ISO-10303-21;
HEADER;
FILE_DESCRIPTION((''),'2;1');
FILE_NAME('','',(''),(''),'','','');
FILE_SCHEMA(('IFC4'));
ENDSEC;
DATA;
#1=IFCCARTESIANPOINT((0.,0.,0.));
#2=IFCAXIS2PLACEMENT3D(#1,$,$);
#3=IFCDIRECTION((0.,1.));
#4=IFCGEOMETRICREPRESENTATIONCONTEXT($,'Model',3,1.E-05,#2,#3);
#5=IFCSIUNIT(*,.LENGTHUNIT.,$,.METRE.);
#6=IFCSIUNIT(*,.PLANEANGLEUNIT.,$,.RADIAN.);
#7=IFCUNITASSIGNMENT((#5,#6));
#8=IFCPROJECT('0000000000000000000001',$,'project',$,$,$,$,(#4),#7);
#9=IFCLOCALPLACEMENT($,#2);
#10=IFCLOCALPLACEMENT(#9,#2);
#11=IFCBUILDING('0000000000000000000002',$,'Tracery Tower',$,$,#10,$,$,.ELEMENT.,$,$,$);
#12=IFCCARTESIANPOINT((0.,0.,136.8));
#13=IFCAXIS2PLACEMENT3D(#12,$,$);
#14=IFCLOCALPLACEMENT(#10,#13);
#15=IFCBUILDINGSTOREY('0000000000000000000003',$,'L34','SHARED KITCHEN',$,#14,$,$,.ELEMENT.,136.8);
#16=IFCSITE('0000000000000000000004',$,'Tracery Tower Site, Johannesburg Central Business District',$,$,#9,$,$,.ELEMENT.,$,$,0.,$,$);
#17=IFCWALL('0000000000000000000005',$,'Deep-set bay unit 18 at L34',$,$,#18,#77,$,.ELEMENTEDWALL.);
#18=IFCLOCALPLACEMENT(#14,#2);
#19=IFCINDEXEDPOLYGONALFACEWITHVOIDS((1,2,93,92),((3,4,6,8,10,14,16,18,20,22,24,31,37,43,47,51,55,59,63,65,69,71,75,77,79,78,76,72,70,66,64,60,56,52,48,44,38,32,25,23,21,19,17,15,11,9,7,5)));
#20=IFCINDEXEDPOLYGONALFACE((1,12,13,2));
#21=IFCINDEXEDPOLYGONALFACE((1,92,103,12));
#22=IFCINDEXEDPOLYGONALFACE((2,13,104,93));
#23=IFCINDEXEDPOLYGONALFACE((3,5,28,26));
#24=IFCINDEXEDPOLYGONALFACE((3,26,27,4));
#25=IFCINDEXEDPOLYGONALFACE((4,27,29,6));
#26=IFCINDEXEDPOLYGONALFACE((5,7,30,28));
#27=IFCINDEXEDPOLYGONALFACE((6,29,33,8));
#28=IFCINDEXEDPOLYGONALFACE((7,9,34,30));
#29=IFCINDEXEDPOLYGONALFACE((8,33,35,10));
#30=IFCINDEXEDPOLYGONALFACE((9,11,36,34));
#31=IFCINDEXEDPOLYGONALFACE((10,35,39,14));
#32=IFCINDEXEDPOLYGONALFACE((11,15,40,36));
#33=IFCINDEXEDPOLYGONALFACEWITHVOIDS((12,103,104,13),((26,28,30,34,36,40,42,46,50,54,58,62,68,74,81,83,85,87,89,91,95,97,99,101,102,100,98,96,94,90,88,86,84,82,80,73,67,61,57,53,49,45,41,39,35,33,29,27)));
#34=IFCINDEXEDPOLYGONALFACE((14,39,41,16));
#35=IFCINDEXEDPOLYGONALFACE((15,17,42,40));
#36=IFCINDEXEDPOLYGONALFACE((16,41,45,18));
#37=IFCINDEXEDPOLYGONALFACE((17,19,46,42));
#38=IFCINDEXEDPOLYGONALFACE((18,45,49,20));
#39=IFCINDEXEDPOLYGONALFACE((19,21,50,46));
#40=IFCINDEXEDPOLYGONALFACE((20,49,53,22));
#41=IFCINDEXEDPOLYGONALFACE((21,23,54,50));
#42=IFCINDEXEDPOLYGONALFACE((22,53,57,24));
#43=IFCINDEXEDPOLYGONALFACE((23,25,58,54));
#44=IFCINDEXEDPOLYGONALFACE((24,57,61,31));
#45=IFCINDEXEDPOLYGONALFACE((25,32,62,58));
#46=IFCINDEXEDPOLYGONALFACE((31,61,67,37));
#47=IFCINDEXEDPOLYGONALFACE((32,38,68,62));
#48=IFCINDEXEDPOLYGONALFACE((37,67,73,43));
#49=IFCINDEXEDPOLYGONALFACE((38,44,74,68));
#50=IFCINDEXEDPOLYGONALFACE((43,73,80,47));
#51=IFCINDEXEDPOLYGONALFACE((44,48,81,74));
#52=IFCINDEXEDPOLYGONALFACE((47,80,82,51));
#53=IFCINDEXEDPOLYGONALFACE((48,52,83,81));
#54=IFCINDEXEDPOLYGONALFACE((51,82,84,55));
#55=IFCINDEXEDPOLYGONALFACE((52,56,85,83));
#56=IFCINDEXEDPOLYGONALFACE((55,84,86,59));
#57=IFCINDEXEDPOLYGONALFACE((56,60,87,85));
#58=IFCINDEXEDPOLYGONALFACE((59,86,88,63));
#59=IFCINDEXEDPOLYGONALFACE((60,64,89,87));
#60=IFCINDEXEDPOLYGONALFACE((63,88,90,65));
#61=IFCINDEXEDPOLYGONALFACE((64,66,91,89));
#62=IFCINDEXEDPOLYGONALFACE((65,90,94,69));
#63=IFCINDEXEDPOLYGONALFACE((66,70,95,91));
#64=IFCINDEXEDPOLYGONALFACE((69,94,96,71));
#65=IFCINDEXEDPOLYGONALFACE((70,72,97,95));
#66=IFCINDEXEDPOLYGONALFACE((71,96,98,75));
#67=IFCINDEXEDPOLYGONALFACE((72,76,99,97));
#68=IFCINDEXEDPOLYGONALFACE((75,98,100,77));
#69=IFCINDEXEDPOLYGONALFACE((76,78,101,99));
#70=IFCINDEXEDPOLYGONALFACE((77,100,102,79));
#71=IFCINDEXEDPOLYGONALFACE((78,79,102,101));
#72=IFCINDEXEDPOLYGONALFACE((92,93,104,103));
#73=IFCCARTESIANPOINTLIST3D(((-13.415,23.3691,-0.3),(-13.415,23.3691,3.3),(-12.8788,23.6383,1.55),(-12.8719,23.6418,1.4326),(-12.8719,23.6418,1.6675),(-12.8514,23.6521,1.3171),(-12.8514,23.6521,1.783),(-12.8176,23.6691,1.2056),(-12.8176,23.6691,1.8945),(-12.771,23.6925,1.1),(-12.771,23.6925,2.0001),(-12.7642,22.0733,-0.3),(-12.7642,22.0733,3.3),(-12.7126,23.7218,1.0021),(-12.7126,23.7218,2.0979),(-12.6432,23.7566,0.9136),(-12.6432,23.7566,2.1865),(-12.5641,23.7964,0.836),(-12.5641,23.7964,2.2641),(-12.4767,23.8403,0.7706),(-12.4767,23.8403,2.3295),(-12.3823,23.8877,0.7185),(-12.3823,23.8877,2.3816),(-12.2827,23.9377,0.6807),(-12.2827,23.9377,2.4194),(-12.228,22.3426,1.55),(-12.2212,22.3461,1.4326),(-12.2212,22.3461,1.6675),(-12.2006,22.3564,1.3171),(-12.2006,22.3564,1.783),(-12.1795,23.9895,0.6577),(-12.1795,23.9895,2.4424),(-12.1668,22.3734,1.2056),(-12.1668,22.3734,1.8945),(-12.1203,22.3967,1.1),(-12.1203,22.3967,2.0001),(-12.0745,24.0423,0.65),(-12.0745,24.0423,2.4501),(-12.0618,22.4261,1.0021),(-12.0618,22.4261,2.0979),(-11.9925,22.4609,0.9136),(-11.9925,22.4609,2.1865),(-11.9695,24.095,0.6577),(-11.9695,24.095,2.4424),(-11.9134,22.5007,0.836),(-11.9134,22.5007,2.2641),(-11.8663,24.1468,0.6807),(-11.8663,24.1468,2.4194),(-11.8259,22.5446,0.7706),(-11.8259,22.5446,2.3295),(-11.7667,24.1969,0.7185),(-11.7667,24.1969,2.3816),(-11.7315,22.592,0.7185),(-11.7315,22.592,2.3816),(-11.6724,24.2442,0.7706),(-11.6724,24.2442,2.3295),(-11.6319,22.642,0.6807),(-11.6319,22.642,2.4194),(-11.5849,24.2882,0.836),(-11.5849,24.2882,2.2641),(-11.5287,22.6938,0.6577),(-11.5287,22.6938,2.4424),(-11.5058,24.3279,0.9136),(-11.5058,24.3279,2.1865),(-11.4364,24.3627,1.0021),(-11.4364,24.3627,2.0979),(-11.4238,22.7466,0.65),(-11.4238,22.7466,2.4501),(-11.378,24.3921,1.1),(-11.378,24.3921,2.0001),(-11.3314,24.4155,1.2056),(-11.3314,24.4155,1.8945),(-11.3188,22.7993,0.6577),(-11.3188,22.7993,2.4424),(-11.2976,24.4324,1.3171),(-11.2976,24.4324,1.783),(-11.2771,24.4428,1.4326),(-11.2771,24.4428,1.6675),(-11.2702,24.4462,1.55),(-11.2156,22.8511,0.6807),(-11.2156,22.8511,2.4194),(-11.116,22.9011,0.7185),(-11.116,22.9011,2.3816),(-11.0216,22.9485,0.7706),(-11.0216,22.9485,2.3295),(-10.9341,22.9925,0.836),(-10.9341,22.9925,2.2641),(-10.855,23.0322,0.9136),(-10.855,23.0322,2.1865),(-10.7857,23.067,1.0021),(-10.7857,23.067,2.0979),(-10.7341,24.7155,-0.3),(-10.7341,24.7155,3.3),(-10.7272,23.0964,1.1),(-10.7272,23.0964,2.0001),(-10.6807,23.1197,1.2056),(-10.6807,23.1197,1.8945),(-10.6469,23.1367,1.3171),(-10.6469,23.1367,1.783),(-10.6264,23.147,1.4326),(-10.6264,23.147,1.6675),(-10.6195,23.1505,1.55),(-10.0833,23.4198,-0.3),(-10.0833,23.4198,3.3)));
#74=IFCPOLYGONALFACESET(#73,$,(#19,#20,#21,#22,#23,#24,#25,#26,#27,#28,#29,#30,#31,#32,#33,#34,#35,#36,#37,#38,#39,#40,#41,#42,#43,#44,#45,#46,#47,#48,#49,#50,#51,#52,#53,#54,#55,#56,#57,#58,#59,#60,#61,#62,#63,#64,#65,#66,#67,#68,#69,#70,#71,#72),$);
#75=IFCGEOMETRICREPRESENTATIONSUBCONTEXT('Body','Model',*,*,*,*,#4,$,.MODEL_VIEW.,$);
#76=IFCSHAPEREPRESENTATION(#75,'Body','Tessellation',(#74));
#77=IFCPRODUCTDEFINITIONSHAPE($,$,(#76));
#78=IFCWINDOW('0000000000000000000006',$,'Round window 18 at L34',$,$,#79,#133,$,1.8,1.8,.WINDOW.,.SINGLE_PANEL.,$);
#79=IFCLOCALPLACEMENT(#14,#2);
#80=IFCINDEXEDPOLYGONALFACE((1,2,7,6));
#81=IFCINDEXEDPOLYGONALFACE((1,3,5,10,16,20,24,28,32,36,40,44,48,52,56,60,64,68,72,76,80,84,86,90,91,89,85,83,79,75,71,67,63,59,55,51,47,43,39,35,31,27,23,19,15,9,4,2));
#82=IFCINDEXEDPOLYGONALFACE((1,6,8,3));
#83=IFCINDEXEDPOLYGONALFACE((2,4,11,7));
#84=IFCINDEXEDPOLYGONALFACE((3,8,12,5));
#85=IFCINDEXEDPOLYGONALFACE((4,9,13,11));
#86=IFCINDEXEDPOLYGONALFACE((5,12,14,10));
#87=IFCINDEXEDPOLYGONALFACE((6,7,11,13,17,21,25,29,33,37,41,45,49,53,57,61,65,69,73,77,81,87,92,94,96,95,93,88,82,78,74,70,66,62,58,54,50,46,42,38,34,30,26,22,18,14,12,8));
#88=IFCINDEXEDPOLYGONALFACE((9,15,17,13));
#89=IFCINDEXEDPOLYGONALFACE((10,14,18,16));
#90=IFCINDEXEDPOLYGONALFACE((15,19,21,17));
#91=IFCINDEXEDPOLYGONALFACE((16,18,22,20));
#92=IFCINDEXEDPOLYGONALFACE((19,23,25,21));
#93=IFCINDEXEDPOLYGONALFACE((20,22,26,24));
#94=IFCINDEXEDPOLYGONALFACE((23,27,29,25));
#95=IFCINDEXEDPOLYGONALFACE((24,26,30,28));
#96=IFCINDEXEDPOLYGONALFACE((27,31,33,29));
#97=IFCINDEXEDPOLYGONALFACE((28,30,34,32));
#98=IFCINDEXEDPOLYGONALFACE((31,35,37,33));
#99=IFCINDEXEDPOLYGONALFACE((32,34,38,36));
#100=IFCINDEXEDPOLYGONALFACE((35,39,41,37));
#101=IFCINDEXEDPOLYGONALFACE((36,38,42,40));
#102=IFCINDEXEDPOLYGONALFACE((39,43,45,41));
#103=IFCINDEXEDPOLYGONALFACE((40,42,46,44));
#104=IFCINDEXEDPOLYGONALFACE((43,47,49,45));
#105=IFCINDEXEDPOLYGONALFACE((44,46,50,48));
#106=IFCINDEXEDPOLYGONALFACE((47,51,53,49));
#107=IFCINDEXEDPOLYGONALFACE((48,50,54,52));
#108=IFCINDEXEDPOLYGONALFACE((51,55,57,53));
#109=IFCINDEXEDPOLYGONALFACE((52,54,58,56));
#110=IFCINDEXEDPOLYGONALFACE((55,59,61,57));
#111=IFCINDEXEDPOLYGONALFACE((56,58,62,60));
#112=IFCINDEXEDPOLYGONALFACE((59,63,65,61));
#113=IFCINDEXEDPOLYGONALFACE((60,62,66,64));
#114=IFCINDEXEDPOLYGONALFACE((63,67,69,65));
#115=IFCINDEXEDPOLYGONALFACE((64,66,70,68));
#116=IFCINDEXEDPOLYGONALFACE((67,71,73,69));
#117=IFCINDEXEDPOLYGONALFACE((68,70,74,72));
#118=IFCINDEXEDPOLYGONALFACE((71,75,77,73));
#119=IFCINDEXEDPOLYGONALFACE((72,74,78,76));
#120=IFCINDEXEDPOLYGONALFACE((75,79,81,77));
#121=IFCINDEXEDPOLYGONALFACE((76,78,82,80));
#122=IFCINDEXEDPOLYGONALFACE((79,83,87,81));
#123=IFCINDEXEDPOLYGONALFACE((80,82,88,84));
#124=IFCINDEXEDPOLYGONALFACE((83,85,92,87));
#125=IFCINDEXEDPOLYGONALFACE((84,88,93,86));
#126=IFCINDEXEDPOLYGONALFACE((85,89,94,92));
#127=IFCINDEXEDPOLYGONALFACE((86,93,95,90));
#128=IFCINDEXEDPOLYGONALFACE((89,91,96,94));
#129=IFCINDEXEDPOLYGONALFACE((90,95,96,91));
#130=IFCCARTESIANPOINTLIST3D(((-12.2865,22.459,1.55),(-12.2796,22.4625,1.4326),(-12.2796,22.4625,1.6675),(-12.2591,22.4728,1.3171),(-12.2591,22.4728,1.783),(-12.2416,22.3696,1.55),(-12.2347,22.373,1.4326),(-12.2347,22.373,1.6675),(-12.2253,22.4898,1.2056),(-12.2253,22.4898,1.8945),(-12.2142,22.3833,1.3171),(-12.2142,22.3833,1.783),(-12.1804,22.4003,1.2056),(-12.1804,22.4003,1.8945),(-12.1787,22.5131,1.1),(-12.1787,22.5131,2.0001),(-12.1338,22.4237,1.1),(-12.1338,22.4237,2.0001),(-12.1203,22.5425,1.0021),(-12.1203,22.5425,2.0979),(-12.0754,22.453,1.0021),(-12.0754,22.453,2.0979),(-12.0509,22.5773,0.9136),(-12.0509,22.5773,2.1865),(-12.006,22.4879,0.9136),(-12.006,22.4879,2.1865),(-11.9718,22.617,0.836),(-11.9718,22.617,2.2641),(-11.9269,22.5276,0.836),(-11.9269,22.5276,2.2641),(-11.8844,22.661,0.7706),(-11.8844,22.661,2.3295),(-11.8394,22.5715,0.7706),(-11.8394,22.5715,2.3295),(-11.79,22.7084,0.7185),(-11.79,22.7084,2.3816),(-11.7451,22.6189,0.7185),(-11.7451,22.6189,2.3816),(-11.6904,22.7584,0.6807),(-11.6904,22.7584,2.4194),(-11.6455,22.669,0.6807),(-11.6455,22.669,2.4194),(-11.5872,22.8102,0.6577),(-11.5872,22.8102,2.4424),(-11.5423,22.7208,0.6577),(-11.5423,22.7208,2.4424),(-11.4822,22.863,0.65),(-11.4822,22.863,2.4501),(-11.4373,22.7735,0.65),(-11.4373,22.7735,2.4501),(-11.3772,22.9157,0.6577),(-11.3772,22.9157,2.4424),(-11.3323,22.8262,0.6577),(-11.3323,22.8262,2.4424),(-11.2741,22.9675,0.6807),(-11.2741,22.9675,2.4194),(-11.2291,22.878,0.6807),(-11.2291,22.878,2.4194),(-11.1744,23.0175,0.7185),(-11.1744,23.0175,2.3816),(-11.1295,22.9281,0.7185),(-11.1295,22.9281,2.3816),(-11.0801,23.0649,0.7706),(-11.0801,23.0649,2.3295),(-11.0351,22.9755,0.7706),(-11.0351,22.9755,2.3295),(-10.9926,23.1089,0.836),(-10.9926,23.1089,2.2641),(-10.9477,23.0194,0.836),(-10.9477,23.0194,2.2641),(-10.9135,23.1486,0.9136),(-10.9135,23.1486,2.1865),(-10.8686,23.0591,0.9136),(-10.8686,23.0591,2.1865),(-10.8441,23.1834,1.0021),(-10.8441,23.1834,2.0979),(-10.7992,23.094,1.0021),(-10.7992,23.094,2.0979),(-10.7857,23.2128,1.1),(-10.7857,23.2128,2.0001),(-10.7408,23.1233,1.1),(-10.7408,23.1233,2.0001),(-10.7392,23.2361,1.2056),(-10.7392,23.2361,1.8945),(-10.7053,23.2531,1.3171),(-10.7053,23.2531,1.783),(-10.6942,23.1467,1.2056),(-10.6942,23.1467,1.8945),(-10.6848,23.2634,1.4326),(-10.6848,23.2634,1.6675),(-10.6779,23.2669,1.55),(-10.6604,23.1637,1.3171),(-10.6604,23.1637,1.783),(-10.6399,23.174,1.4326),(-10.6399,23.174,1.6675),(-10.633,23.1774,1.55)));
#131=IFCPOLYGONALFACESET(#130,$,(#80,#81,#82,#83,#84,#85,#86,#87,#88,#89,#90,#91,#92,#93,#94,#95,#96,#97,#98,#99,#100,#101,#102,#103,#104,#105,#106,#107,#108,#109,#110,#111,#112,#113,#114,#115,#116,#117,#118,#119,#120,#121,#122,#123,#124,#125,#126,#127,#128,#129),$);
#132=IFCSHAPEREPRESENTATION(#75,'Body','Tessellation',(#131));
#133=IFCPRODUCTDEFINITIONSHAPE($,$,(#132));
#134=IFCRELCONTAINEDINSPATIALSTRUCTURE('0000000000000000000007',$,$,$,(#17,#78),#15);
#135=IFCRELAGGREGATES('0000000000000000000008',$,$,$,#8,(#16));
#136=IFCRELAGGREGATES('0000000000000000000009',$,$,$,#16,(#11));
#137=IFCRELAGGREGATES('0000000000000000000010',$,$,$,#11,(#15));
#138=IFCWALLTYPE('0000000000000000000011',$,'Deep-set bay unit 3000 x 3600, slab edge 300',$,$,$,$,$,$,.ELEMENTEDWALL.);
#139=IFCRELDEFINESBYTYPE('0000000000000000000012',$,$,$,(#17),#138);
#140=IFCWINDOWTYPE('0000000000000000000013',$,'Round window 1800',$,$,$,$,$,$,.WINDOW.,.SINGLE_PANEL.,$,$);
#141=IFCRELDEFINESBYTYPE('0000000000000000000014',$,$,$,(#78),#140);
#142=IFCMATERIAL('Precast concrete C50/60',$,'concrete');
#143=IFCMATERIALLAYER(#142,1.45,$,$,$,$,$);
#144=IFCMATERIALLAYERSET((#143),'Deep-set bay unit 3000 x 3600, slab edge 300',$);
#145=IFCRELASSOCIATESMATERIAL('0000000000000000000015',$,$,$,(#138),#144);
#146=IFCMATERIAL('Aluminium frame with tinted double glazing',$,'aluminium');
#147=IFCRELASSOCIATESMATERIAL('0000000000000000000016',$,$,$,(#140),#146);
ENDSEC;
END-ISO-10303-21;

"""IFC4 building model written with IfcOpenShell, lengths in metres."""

from ifc_helpers import new_model, si_unit, direction, frame, frame_2d, origin, origin_2d, place, context, subcontext, project, spatial, rectangle, circle, extrude, material, layer, layer_set, type_object, element, fill, save


model = new_model("IFC4")

# Units and contexts
model_context = context("Model", 3, precision=1e-05, world=origin(), true_north=direction((0.0, 1.0)))
body_context = subcontext(model_context, "Body", "Model", "MODEL_VIEW")
ifc_project = project(units=[si_unit("LENGTHUNIT", "METRE"), si_unit("PLANEANGLEUNIT", "RADIAN")], contexts=[model_context])

# Site, building, storey
site_placement = place(None, origin())
site = spatial("IfcSite", under=ifc_project, at=site_placement, Name="Tracery Tower Site, Johannesburg Central Business District", CompositionType="ELEMENT", RefElevation=0.0)
building_placement = place(site_placement, origin())
building = spatial("IfcBuilding", under=site, at=building_placement, Name="Tracery Tower", CompositionType="ELEMENT")
storey_placement = place(building_placement, frame((0.0, 0.0, 136.8)))
storey = spatial("IfcBuildingStorey", under=building, at=storey_placement, Name="L34", Description="SHARED KITCHEN", CompositionType="ELEMENT", Elevation=136.8)

# Wall, opening, window
ifc_material_1 = material(Name="Precast concrete C50/60", Category="concrete")
ifc_layer_1 = layer(ifc_material_1, 1.45)
ifc_layer_set_1 = layer_set([ifc_layer_1], Name="Deep-set bay unit 3000 x 3600, slab edge 300")
wall_type_1 = type_object("IfcWallType", Name="Deep-set bay unit 3000 x 3600, slab edge 300", PredefinedType="ELEMENTEDWALL", material=ifc_layer_set_1)
wall_1_placement = place(storey_placement, frame((-10.4087, 24.0676, -0.3), z_axis=(0.0, 0.0, 1.0), x_axis=(-0.893628, -0.448808, 0.0)))
wall_1 = element("IfcWall", 1, at=wall_1_placement, inside=storey, type_object=wall_type_1, Name="Deep-set bay unit 18 at L34", PredefinedType="ELEMENTEDWALL", context=body_context, shape_type="SweptSolid", body=[
    extrude(rectangle(XDim=3.0, YDim=1.45, at=frame_2d((1.5, 0.0))), origin(), (0.0, 0.0, 1.0), 3.6001),
])
opening_1_placement = place(wall_1_placement, frame((1.5, 0.0, 1.8501)))
opening_1 = element("IfcOpeningElement", 2, at=opening_1_placement, cuts=wall_1, PredefinedType="OPENING", context=body_context, shape_type="SweptSolid", body=[
    extrude(circle(Radius=0.9, at=origin_2d()), frame((0.0, 0.7349, 0.0), z_axis=(0.0, -1.0, 0.0), x_axis=(1.0, 0.0, 0.0)), (0.0, 0.0, 1.0), 1.47),
])
ifc_material_2 = material(Name="Aluminium frame with tinted double glazing", Category="aluminium")
window_type = type_object("IfcWindowType", Name="Round window 1800", PartitioningType="SINGLE_PANEL", PredefinedType="WINDOW", material=ifc_material_2)
window_1_placement = place(opening_1_placement, origin())
window_1 = element("IfcWindow", 3, at=window_1_placement, inside=storey, type_object=window_type, Name="Round window 18 at L34", OverallHeight=1.8, OverallWidth=1.8, PartitioningType="SINGLE_PANEL", PredefinedType="WINDOW", context=body_context, shape_type="SweptSolid", body=[
    extrude(circle(Radius=0.9, at=origin_2d()), frame((0.0, 0.6948, 0.0), z_axis=(0.0, -1.0, 0.0), x_axis=(1.0, 0.0, 0.0)), (0.0, 0.0, 1.0), 0.1001),
])
fill(opening_1, window_1)

save(model, "model.ifc")
